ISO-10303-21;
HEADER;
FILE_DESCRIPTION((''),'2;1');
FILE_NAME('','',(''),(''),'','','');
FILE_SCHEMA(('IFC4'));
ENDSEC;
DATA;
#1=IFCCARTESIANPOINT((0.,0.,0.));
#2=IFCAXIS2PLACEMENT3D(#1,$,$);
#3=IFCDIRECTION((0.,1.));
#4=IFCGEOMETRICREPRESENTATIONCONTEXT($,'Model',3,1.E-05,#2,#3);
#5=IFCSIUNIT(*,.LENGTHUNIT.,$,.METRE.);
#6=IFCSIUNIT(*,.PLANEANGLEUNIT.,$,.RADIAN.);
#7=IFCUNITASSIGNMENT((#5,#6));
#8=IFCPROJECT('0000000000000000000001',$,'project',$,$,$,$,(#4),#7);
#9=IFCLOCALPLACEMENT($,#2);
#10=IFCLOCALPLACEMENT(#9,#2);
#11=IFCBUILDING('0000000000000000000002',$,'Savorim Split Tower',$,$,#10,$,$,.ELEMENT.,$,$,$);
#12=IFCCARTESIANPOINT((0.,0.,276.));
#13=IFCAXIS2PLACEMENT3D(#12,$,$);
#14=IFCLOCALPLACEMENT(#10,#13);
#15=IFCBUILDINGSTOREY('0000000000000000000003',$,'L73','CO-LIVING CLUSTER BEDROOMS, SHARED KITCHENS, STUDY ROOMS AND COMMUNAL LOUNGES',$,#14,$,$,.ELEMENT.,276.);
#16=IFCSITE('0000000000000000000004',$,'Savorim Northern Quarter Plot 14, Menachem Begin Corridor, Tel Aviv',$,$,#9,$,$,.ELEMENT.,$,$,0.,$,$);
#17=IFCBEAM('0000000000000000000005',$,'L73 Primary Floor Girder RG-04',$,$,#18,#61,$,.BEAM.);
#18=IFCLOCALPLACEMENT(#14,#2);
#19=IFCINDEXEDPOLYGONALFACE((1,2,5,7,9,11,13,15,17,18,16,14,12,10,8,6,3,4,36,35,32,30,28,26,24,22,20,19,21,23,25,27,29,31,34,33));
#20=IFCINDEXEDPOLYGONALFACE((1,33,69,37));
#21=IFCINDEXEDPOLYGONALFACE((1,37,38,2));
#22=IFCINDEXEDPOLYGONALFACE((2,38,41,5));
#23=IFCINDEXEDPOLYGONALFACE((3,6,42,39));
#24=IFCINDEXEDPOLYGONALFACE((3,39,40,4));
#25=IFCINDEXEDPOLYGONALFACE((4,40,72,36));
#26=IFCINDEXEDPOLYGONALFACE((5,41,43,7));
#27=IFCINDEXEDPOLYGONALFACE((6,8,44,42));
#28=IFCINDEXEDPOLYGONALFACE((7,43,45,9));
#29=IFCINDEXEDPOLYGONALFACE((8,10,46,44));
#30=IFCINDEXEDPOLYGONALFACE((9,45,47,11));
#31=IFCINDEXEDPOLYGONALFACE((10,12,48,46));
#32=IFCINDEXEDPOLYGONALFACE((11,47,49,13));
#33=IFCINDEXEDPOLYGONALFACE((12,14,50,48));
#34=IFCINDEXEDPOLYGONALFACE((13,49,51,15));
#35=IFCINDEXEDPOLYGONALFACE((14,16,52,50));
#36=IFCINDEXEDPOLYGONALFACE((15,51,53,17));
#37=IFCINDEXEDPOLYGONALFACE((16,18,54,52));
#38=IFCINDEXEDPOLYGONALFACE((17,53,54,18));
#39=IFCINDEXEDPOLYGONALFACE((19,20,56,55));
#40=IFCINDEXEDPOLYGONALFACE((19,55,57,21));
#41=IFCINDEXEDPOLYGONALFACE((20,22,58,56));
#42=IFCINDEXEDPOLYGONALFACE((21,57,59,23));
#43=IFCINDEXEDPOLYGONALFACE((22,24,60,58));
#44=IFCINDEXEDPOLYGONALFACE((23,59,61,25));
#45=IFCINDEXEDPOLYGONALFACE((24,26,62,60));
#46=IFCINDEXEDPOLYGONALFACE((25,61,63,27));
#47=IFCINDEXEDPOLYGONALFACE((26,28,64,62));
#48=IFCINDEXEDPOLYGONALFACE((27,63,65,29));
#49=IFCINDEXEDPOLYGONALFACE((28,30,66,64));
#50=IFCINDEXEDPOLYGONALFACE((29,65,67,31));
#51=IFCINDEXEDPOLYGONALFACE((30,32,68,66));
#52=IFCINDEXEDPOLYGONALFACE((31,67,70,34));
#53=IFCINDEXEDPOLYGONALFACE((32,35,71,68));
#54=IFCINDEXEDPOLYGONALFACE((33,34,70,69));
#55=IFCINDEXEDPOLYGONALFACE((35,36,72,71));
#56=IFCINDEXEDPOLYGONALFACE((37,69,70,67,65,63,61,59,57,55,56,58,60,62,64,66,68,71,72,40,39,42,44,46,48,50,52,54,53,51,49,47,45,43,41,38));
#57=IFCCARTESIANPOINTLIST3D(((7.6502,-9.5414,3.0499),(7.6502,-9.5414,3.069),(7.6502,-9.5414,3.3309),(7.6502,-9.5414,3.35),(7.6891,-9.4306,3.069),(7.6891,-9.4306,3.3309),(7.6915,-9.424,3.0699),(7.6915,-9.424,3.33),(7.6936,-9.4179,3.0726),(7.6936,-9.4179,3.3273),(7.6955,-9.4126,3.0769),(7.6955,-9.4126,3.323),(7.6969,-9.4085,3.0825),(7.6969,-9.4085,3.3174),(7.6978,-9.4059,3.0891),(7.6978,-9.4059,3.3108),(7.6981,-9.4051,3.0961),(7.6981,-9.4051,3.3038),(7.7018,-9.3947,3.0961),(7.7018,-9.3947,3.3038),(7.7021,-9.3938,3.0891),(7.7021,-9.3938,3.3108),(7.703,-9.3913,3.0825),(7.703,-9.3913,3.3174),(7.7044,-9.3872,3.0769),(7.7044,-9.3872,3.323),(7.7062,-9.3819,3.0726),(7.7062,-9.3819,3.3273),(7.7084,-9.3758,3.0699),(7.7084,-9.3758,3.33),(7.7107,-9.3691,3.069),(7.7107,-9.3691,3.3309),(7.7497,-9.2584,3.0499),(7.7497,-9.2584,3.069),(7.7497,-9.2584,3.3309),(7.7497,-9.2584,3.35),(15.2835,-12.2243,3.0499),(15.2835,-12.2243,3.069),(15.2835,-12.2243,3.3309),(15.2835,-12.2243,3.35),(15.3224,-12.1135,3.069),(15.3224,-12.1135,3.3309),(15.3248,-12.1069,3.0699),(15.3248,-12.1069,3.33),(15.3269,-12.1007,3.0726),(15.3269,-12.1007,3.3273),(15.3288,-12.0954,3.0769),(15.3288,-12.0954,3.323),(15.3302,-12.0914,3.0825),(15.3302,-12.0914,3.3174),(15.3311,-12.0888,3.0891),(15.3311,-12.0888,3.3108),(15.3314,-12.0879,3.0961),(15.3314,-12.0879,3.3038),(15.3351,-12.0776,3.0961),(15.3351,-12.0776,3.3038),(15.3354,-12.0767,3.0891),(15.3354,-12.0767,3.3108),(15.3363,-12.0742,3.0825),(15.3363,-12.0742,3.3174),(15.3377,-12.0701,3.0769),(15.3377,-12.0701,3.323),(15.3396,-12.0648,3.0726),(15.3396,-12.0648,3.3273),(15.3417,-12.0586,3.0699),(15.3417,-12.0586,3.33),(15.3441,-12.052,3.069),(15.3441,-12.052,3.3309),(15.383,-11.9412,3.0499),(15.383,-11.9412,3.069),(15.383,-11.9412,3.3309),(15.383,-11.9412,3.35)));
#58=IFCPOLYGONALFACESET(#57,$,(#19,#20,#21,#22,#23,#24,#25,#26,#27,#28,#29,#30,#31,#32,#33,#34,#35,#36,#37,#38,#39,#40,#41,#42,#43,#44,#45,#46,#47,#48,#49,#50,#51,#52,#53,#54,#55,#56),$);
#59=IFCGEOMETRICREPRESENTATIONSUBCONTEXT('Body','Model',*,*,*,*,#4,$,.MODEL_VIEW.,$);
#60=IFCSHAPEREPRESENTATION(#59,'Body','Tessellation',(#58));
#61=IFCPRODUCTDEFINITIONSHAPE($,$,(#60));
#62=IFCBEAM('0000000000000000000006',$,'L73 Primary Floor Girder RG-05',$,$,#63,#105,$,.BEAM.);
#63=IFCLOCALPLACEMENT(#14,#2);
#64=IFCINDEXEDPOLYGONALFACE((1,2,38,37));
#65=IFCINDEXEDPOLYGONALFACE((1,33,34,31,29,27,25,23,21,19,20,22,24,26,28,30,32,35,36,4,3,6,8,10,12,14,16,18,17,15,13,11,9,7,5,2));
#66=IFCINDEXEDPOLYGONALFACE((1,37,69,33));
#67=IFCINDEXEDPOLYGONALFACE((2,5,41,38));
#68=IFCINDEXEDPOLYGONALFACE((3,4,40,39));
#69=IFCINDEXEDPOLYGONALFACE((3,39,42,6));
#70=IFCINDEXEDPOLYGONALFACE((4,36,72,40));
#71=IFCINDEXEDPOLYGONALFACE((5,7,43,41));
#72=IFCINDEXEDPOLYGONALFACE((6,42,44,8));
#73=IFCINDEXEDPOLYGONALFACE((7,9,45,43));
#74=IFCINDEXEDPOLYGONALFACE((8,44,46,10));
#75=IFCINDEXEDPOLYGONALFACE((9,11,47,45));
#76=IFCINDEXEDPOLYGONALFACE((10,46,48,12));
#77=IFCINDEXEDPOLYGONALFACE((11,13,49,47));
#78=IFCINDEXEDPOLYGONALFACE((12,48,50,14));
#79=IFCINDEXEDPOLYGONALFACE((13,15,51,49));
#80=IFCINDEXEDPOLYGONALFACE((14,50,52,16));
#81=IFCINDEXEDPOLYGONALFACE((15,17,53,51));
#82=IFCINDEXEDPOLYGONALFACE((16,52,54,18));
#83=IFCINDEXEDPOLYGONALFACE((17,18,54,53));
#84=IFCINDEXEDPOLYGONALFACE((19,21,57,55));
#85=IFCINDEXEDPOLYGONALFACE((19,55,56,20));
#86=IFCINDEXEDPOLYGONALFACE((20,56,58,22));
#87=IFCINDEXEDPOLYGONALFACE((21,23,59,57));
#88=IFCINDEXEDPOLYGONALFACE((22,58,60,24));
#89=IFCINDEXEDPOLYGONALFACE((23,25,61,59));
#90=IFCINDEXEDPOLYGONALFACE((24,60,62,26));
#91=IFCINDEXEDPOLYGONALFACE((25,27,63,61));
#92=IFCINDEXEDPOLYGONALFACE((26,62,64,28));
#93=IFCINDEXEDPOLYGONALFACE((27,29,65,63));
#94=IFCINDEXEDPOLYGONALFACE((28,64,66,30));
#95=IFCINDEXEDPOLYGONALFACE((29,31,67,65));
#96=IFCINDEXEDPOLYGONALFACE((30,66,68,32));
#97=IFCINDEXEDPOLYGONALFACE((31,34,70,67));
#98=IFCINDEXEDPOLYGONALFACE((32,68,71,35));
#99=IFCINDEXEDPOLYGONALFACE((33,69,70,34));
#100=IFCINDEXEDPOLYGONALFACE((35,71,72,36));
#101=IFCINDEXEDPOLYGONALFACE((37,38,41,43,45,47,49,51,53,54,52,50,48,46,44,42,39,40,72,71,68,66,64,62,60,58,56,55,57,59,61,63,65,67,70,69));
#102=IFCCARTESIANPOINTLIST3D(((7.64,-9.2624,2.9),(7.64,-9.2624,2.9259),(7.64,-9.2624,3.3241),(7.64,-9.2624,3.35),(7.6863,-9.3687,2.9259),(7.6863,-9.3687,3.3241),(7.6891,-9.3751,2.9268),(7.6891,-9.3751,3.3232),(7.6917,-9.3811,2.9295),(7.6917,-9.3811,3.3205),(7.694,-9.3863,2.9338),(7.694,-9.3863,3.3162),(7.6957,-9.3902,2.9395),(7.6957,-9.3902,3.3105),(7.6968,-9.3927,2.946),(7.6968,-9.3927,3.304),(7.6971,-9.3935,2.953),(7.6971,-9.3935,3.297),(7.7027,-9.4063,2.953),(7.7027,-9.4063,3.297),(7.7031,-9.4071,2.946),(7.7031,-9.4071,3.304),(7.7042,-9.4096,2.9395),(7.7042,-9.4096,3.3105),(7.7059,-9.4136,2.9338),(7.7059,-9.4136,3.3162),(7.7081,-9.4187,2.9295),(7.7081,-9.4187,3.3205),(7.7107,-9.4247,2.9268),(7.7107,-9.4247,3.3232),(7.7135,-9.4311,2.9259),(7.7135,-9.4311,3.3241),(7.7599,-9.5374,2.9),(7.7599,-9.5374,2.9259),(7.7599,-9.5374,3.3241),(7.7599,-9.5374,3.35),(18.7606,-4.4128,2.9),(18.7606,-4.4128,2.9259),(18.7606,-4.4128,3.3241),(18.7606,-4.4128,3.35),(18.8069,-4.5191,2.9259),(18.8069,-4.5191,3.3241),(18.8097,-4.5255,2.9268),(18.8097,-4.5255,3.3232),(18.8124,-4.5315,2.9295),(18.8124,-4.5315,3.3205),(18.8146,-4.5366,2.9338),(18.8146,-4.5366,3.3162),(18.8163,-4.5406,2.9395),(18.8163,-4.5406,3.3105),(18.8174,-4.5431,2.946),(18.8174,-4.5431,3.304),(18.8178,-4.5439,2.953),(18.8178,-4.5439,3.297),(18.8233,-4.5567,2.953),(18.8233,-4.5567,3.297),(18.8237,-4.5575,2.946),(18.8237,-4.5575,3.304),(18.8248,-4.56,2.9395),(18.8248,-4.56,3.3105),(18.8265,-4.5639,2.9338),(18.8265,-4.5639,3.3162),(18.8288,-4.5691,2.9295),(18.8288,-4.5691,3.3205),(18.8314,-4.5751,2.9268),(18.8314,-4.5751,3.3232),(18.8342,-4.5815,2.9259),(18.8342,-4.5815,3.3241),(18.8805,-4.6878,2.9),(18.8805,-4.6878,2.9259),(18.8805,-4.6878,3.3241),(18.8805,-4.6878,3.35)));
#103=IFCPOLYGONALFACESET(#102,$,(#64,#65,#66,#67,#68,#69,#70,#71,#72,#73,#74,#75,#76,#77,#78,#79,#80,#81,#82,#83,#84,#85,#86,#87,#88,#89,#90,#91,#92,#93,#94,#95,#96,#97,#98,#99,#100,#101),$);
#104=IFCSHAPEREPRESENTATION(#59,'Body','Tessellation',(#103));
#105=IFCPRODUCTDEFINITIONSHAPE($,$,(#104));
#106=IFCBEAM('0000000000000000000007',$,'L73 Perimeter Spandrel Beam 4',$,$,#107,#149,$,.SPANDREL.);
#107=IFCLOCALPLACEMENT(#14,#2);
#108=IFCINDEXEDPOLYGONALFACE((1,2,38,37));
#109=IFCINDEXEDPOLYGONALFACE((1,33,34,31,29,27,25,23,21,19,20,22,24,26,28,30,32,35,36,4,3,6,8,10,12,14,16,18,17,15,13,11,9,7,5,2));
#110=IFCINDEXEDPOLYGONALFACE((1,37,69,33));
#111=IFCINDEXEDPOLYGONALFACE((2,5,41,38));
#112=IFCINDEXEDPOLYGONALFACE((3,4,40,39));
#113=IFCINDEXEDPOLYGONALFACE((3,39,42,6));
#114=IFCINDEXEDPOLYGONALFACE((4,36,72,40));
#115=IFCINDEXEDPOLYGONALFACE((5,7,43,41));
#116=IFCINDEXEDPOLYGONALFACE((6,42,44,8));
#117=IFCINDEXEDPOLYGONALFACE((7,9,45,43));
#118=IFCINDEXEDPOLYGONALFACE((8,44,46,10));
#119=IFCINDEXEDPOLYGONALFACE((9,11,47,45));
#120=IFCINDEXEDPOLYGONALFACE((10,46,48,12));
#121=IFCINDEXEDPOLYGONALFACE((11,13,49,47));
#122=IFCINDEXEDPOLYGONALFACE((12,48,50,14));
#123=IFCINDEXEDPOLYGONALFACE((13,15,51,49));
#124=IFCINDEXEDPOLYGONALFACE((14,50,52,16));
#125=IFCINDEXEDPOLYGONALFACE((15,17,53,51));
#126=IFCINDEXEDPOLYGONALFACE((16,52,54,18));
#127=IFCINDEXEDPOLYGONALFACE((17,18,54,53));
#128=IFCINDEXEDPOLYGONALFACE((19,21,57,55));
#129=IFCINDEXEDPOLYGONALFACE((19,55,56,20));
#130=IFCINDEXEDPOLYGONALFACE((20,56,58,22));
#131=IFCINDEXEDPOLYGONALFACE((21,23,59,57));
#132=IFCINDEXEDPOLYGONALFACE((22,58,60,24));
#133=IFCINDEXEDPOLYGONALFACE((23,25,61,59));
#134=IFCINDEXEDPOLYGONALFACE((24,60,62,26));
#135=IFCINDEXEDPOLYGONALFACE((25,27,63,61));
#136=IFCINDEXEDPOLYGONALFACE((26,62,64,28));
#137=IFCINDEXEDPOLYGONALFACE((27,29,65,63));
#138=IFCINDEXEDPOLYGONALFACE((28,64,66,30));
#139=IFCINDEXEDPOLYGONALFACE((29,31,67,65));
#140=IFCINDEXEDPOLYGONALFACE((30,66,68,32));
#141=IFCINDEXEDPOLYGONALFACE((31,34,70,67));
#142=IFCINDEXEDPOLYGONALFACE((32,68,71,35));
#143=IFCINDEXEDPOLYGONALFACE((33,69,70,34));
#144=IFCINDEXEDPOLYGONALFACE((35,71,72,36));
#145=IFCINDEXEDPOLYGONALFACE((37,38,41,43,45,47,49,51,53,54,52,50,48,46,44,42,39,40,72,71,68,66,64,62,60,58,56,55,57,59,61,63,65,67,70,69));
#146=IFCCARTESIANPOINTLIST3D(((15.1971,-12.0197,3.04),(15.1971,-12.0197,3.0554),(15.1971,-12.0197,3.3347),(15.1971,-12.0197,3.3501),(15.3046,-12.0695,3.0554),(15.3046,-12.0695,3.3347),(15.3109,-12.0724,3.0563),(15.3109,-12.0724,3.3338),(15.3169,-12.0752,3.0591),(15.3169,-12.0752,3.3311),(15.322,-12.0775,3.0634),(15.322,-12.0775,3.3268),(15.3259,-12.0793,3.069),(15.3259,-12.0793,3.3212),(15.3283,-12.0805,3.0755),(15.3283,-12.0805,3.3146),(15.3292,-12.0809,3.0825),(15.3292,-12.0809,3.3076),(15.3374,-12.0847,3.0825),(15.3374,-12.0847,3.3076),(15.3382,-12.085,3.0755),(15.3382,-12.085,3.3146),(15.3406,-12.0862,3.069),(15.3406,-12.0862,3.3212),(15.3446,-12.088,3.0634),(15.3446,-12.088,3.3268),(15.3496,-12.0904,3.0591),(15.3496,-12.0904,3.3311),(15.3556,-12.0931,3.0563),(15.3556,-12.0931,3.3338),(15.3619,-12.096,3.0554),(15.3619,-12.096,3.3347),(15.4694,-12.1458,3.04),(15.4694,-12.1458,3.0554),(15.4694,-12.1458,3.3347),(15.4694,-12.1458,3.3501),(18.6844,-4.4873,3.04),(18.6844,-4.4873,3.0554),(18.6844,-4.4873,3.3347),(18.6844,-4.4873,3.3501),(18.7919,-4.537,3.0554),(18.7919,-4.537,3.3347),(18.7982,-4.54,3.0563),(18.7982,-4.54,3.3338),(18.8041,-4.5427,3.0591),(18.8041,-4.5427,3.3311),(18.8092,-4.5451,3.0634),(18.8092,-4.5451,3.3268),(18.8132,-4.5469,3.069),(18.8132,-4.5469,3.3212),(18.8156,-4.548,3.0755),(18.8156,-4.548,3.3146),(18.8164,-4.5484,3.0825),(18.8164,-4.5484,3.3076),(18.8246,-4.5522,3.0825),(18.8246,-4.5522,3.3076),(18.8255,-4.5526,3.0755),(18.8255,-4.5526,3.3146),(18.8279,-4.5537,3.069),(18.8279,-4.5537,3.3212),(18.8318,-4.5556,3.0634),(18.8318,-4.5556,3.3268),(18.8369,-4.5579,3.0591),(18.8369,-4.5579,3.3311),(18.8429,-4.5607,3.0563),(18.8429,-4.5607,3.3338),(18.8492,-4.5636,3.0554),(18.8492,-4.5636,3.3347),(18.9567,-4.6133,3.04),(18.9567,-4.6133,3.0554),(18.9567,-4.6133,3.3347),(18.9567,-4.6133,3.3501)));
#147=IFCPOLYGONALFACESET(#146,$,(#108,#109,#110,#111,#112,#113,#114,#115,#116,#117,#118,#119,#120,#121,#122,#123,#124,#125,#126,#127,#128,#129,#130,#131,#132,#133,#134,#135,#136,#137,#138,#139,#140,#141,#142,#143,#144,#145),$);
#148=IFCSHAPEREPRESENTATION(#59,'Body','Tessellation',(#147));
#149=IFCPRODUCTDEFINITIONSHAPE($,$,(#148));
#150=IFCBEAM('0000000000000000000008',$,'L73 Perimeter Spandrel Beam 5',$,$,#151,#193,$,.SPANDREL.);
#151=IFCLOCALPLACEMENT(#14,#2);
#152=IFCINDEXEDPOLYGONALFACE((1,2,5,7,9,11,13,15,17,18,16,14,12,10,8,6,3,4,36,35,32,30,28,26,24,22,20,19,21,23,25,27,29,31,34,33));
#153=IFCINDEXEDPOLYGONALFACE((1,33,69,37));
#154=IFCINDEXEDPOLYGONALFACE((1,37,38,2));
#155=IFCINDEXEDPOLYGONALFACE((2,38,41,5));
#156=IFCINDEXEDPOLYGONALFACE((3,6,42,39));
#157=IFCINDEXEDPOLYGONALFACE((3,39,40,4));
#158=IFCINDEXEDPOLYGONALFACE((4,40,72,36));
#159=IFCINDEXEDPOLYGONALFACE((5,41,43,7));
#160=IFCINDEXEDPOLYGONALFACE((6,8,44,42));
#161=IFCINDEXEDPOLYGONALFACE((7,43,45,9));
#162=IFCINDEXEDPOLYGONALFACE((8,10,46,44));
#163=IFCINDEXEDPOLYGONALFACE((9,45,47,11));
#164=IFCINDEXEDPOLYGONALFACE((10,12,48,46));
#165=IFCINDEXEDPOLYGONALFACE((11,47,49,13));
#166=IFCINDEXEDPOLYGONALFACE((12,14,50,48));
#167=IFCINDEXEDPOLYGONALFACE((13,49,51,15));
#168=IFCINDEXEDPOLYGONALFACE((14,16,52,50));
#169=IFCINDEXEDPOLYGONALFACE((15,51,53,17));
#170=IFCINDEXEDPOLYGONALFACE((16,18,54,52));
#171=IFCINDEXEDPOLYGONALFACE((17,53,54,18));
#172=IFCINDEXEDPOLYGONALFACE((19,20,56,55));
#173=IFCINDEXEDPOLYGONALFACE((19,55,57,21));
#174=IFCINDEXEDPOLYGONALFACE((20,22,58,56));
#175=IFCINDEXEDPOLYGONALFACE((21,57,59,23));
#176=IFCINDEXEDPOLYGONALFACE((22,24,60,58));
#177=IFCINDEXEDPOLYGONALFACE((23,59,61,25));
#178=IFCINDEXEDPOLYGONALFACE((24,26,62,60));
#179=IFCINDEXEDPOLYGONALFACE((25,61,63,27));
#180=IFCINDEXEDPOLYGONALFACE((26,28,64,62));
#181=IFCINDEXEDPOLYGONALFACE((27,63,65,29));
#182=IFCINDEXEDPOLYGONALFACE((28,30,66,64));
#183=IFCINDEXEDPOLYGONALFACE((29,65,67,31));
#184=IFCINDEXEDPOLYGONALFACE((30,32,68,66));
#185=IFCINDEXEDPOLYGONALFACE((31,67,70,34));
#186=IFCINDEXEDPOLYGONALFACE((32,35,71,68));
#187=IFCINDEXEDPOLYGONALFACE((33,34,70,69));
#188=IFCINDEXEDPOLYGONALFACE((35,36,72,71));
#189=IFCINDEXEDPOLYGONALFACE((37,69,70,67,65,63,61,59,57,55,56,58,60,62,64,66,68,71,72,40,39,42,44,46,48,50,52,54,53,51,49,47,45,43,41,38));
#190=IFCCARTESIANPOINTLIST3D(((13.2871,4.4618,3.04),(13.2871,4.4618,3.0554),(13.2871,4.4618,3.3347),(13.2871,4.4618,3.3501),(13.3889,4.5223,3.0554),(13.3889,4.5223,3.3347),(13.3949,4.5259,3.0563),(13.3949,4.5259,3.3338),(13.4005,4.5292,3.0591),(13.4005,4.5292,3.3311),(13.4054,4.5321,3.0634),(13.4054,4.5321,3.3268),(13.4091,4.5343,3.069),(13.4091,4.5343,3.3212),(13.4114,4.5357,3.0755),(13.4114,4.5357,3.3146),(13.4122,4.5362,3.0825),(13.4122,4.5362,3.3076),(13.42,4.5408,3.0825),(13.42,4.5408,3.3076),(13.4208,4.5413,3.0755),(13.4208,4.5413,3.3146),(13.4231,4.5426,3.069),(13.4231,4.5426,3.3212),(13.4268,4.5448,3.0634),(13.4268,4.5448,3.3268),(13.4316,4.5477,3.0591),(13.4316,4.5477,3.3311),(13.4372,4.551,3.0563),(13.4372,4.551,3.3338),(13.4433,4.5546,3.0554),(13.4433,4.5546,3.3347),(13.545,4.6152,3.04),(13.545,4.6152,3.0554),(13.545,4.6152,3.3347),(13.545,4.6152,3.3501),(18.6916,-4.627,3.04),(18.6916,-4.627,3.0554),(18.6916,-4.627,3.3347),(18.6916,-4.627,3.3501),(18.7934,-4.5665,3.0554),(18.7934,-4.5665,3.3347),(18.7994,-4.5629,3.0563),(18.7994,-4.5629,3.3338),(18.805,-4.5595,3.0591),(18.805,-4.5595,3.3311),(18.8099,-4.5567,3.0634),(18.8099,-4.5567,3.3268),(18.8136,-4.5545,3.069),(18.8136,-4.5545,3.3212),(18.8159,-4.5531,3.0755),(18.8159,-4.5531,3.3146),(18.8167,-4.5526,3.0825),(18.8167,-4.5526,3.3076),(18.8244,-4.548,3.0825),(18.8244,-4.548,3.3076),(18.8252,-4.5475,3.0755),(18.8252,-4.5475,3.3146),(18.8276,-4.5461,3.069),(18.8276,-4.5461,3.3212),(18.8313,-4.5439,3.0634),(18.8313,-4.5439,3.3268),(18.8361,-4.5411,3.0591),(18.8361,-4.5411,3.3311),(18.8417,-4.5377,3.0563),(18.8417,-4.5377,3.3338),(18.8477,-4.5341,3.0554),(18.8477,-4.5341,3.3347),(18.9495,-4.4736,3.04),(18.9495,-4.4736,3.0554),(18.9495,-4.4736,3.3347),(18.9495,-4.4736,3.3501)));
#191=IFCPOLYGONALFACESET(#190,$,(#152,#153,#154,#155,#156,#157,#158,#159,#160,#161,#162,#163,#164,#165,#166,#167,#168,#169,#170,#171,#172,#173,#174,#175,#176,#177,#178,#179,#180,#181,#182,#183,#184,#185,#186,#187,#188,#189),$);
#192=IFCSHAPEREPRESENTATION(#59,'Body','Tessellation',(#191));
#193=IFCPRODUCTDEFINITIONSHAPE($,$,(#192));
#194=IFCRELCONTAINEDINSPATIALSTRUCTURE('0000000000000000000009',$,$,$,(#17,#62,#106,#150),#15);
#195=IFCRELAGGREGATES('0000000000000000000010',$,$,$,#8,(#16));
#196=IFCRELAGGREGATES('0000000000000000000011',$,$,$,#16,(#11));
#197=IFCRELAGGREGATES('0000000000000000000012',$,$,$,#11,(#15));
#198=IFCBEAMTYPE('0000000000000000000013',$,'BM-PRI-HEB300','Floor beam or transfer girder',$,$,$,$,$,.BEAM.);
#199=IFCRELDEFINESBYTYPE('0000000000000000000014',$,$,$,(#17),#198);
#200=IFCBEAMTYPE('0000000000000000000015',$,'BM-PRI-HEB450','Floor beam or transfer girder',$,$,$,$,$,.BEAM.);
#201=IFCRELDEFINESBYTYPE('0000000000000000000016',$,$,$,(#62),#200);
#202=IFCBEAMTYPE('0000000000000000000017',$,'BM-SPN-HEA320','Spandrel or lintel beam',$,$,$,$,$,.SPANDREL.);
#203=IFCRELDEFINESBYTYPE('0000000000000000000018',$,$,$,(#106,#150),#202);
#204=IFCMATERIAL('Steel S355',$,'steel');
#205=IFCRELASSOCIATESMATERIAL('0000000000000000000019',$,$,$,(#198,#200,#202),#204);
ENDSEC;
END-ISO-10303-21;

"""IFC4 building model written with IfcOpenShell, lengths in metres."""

from ifc_helpers import new_model, si_unit, direction, frame, origin, origin_2d, place, context, subcontext, project, spatial, i_section, extrude, material, material_profile, profile_set, type_object, element, save


model = new_model("IFC4")

# Units and contexts
model_context = context("Model", 3, precision=1e-05, world=origin(), true_north=direction((0.0, 1.0)))
body_context = subcontext(model_context, "Body", "Model", "MODEL_VIEW")
ifc_project = project(units=[si_unit("LENGTHUNIT", "METRE"), si_unit("PLANEANGLEUNIT", "RADIAN")], contexts=[model_context])

# Site, building, storey
site_placement = place(None, origin())
site = spatial("IfcSite", under=ifc_project, at=site_placement, Name="Savorim Northern Quarter Plot 14, Menachem Begin Corridor, Tel Aviv", CompositionType="ELEMENT", RefElevation=0.0)
building_placement = place(site_placement, origin())
building = spatial("IfcBuilding", under=site, at=building_placement, Name="Savorim Split Tower", CompositionType="ELEMENT")
storey_placement = place(building_placement, frame((0.0, 0.0, 276.0)))
storey = spatial("IfcBuildingStorey", under=building, at=storey_placement, Name="L73", Description="CO-LIVING CLUSTER BEDROOMS, SHARED KITCHENS, STUDY ROOMS AND COMMUNAL LOUNGES", CompositionType="ELEMENT", Elevation=276.0)

# Shared definitions
ifc_material_1 = material(Name="Steel S355", Category="steel")

# Beams
ifc_material_profile_1 = material_profile(ifc_material_1, i_section(OverallWidth=0.3, OverallDepth=0.3, WebThickness=0.011, FlangeThickness=0.019, FilletRadius=0.0271, at=origin_2d()), Name="HEB 300")
ifc_profile_set_1 = profile_set([ifc_material_profile_1], Name="Steel S355")
beam_type_1 = type_object("IfcBeamType", Name="BM-PRI-HEB300", Description="Floor beam or transfer girder", PredefinedType="BEAM", material=ifc_profile_set_1)
beam_1_placement = place(storey_placement, frame((15.3333, -12.0828, 3.2), z_axis=(-0.943426, 0.331584, 0.0), x_axis=(-0.331584, -0.943426, 0.0)))
element("IfcBeam", 1, at=beam_1_placement, inside=storey, type_object=beam_type_1, Name="L73 Primary Floor Girder RG-04", PredefinedType="BEAM", context=body_context, shape_type="SweptSolid", body=[
    extrude(i_section(OverallWidth=0.3, OverallDepth=0.3, WebThickness=0.011, FlangeThickness=0.019, FilletRadius=0.0271, at=origin_2d()), origin(), (0.0, 0.0, 1.0), 8.0911),
])
ifc_material_profile_2 = material_profile(ifc_material_1, i_section(OverallWidth=0.3, OverallDepth=0.45, WebThickness=0.0139, FlangeThickness=0.0259, FilletRadius=0.0271, at=origin_2d()), Name="HEB 450")
ifc_profile_set_2 = profile_set([ifc_material_profile_2], Name="Steel S355")
beam_type_2 = type_object("IfcBeamType", Name="BM-PRI-HEB450", Description="Floor beam or transfer girder", PredefinedType="BEAM", material=ifc_profile_set_2)
beam_2_placement = place(storey_placement, frame((18.8206, -4.5503, 3.125), z_axis=(-0.916631, -0.399735, 0.0), x_axis=(0.399735, -0.916631, 0.0)))
element("IfcBeam", 2, at=beam_2_placement, inside=storey, type_object=beam_type_2, Name="L73 Primary Floor Girder RG-05", PredefinedType="BEAM", context=body_context, shape_type="SweptSolid", body=[
    extrude(i_section(OverallWidth=0.3, OverallDepth=0.45, WebThickness=0.0139, FlangeThickness=0.0259, FilletRadius=0.0271, at=origin_2d()), origin(), (0.0, 0.0, 1.0), 12.1321),
])
ifc_material_profile_3 = material_profile(ifc_material_1, i_section(OverallWidth=0.3, OverallDepth=0.3101, WebThickness=0.009, FlangeThickness=0.0154, FilletRadius=0.0271, at=origin_2d()), Name="HEA 320")
ifc_profile_set_3 = profile_set([ifc_material_profile_3], Name="Steel S355")
beam_type_3 = type_object("IfcBeamType", Name="BM-SPN-HEA320", Description="Spandrel or lintel beam", PredefinedType="SPANDREL", material=ifc_profile_set_3)
beam_3_placement = place(storey_placement, frame((15.3333, -12.0828, 3.1951), z_axis=(0.420129, 0.907465, 0.0), x_axis=(-0.907465, 0.420129, 0.0)))
element("IfcBeam", 3, at=beam_3_placement, inside=storey, type_object=beam_type_3, Name="L73 Perimeter Spandrel Beam 4", PredefinedType="SPANDREL", context=body_context, shape_type="SweptSolid", body=[
    extrude(i_section(OverallWidth=0.3, OverallDepth=0.3101, WebThickness=0.009, FlangeThickness=0.0154, FilletRadius=0.0271, at=origin_2d()), origin(), (0.0, 0.0, 1.0), 8.3005),
])
beam_4_placement = place(storey_placement, frame((18.8206, -4.5503, 3.1951), z_axis=(-0.5111, 0.859521, 0.0), x_axis=(-0.859521, -0.5111, 0.0)))
element("IfcBeam", 4, at=beam_4_placement, inside=storey, type_object=beam_type_3, Name="L73 Perimeter Spandrel Beam 5", PredefinedType="SPANDREL", context=body_context, shape_type="SweptSolid", body=[
    extrude(i_section(OverallWidth=0.3, OverallDepth=0.3101, WebThickness=0.009, FlangeThickness=0.0154, FilletRadius=0.0271, at=origin_2d()), origin(), (0.0, 0.0, 1.0), 10.5742),
])

save(model, "model.ifc")
